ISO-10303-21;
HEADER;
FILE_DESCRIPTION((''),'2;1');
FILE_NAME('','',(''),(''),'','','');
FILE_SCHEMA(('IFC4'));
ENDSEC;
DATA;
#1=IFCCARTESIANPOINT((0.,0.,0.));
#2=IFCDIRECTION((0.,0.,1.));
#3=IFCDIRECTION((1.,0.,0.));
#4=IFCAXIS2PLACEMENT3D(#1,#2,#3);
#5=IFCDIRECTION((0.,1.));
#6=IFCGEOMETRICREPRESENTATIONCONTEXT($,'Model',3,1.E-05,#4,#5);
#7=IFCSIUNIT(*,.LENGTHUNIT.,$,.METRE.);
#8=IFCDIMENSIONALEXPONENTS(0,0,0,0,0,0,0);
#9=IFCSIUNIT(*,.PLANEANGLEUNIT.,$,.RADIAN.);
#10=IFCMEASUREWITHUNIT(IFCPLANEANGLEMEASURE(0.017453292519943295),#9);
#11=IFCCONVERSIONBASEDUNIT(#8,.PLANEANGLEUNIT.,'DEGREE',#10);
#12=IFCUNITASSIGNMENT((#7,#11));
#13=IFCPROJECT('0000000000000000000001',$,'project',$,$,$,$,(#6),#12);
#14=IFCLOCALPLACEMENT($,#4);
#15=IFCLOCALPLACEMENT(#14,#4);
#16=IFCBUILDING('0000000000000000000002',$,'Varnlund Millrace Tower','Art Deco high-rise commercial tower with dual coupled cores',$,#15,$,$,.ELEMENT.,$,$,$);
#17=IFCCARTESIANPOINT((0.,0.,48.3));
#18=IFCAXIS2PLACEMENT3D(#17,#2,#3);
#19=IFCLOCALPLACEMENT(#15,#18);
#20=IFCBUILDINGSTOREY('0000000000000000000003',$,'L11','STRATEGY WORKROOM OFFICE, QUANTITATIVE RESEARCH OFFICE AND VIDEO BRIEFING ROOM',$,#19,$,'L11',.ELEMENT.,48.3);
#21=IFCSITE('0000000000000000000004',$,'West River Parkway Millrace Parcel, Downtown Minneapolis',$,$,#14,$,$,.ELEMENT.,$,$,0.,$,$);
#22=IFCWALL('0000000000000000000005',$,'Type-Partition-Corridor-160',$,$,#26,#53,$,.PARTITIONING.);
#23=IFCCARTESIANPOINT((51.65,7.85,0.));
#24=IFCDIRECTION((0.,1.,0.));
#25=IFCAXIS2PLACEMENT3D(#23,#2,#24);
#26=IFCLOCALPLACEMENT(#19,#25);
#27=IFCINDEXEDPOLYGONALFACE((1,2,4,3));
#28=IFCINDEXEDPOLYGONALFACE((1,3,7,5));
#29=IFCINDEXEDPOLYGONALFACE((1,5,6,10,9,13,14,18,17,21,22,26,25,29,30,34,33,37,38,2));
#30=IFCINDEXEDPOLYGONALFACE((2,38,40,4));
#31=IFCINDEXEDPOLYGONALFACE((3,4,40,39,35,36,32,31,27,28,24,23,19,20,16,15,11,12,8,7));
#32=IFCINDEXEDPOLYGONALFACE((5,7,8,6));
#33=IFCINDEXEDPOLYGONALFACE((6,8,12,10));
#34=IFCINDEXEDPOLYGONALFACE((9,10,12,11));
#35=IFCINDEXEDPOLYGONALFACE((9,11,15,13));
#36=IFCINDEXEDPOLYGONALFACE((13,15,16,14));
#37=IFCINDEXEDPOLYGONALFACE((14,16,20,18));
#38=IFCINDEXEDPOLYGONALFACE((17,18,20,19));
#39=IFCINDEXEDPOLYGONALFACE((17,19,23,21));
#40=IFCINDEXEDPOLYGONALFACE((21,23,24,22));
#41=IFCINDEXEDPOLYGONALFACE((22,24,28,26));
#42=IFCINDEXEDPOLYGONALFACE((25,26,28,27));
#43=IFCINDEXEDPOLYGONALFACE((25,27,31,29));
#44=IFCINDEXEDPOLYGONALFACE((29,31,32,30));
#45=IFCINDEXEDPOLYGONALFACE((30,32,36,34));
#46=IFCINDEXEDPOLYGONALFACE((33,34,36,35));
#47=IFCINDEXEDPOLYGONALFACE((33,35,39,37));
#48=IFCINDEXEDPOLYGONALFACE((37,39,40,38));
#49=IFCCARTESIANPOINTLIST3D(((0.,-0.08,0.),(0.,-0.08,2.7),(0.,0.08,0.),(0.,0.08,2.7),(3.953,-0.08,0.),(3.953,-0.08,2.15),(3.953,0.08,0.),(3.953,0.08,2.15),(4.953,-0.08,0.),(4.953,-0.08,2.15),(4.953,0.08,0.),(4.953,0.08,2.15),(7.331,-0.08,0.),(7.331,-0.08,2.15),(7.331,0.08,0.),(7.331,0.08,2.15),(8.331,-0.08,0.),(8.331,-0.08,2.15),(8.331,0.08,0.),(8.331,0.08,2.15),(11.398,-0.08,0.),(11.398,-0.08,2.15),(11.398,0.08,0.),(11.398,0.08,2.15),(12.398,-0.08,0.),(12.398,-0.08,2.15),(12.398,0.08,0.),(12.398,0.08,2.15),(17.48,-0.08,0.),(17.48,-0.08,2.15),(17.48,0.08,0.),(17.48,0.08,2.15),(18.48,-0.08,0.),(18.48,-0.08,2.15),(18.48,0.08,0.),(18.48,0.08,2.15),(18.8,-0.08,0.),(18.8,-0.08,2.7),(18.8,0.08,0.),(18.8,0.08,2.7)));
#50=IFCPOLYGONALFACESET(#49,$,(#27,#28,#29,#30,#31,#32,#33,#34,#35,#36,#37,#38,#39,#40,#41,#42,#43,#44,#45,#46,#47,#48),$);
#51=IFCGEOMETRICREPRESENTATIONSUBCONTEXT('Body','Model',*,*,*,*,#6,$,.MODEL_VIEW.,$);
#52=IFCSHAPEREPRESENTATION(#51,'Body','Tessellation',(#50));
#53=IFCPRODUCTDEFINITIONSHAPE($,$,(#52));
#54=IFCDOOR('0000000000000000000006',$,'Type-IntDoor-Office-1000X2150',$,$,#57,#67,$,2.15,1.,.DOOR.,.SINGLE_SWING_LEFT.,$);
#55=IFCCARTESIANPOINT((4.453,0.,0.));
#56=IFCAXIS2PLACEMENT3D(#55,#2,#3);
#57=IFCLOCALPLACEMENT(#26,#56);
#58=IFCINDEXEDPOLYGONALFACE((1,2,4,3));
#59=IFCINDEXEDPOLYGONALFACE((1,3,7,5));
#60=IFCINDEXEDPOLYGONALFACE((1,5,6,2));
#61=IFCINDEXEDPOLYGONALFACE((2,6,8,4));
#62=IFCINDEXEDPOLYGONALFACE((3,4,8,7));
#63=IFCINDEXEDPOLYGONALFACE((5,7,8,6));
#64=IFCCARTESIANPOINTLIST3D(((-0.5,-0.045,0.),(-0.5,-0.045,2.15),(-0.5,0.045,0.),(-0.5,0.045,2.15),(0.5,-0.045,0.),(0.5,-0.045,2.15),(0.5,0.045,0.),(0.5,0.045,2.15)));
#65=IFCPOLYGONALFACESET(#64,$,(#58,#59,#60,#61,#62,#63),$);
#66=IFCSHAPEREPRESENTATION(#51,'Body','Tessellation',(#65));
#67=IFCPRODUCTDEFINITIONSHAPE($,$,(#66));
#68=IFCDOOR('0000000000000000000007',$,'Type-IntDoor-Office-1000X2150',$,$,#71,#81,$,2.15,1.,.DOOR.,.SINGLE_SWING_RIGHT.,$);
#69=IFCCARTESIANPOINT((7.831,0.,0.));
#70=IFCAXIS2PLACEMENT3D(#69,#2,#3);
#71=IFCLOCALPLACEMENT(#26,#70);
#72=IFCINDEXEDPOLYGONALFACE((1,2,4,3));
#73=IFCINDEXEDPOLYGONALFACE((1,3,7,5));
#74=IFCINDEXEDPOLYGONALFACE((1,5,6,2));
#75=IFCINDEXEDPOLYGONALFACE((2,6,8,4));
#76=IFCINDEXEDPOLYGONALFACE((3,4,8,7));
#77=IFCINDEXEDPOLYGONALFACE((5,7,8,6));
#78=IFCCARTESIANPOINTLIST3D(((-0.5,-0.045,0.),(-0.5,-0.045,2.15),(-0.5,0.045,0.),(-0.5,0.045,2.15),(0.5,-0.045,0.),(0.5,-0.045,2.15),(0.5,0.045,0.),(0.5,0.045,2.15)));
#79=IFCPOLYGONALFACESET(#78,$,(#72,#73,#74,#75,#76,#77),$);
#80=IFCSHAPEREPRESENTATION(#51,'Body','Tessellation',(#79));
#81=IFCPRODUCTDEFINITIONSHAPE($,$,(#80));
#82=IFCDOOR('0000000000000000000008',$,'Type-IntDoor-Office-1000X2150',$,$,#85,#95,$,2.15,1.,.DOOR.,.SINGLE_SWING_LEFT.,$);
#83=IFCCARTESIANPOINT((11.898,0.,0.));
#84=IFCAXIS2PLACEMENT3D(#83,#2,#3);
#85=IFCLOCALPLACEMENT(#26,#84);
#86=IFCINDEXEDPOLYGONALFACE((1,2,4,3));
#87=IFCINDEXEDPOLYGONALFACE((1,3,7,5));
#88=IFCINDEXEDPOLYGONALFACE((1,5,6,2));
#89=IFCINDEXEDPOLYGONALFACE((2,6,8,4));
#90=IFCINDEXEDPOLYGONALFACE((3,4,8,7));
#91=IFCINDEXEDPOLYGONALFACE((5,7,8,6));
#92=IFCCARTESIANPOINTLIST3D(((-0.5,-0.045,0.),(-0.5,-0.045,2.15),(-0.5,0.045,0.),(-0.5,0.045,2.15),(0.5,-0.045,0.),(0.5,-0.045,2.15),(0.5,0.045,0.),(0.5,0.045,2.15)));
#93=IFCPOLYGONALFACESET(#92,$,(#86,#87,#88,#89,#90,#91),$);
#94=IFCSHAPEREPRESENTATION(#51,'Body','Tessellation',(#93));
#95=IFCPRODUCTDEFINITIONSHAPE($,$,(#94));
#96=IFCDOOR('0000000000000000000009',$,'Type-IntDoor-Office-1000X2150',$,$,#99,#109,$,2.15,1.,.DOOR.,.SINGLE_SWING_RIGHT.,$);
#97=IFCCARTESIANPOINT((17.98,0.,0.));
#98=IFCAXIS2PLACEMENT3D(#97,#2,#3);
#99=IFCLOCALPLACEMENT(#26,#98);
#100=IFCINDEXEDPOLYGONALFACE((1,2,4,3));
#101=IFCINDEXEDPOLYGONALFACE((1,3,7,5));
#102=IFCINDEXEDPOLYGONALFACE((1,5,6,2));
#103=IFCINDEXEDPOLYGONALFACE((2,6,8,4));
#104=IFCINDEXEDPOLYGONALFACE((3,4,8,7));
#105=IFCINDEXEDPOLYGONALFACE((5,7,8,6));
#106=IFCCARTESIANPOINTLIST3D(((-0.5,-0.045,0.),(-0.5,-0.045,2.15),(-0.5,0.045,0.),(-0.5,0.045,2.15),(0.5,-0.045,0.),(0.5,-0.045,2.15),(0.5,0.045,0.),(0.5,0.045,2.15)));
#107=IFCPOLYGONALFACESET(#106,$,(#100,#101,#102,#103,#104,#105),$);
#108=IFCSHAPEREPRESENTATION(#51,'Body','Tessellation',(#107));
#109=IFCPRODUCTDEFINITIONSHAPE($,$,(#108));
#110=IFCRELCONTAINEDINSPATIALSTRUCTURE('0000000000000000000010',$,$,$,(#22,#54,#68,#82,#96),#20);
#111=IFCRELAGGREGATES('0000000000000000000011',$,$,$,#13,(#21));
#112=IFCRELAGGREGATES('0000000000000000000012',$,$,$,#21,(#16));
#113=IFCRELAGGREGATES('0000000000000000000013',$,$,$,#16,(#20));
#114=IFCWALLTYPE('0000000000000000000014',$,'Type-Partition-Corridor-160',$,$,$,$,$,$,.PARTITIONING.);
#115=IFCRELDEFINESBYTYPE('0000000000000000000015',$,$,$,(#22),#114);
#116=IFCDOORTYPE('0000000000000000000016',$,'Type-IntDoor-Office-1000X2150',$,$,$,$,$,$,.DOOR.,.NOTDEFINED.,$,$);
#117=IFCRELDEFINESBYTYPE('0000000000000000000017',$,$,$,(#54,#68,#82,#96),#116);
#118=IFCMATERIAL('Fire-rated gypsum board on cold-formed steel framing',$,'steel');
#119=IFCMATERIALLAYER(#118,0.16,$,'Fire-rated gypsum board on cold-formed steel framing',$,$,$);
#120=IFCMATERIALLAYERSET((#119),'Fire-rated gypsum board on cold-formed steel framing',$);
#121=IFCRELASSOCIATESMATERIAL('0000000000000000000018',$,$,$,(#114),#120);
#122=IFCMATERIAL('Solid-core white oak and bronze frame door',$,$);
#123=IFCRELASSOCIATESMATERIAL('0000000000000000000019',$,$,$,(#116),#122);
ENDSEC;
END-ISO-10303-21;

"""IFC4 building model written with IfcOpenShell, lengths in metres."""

from ifc_helpers import new_model, entity, si_unit, converted_unit, direction, frame, origin_with_axes, origin_2d_with_axis, place, context, subcontext, project, spatial, polyline, rectangle, outline, extrude, material, layer, layer_set, type_object, element, fill, save


model = new_model("IFC4")

# Units and contexts
model_context = context("Model", 3, precision=1e-05, world=origin_with_axes(), true_north=direction((0.0, 1.0)))
body_context = subcontext(model_context, "Body", "Model", "MODEL_VIEW")
ifc_project = project(units=[si_unit("LENGTHUNIT", "METRE"), converted_unit("PLANEANGLEUNIT", "DEGREE", entity("IfcPlaneAngleMeasure", 0.017453292519943295), si_unit("PLANEANGLEUNIT", "RADIAN"), dimensions=[0, 0, 0, 0, 0, 0, 0])], contexts=[model_context])

# Site, building, storey
site_placement = place(None, origin_with_axes())
site = spatial("IfcSite", under=ifc_project, at=site_placement, Name="West River Parkway Millrace Parcel, Downtown Minneapolis", CompositionType="ELEMENT", RefElevation=0.0)
building_placement = place(site_placement, origin_with_axes())
building = spatial("IfcBuilding", under=site, at=building_placement, Name="Varnlund Millrace Tower", Description="Art Deco high-rise commercial tower with dual coupled cores", CompositionType="ELEMENT")
storey_placement = place(building_placement, frame((0.0, 0.0, 48.3), z_axis=(0.0, 0.0, 1.0), x_axis=(1.0, 0.0, 0.0)))
storey = spatial("IfcBuildingStorey", under=building, at=storey_placement, Name="L11", Description="STRATEGY WORKROOM OFFICE, QUANTITATIVE RESEARCH OFFICE AND VIDEO BRIEFING ROOM", LongName="L11", CompositionType="ELEMENT", Elevation=48.3)

# Wall, openings, doors
ifc_material_1 = material(Name="Fire-rated gypsum board on cold-formed steel framing", Category="steel")
ifc_layer_1 = layer(ifc_material_1, 0.16, Name="Fire-rated gypsum board on cold-formed steel framing")
ifc_layer_set_1 = layer_set([ifc_layer_1], Name="Fire-rated gypsum board on cold-formed steel framing")
wall_type_1 = type_object("IfcWallType", Name="Type-Partition-Corridor-160", PredefinedType="PARTITIONING", material=ifc_layer_set_1)
wall_1_placement = place(storey_placement, frame((51.65, 7.85, 0.0), z_axis=(0.0, 0.0, 1.0), x_axis=(0.0, 1.0, 0.0)))
wall_1 = element("IfcWall", 1, at=wall_1_placement, inside=storey, type_object=wall_type_1, Name="Type-Partition-Corridor-160", PredefinedType="PARTITIONING", context=body_context, shape_type="SweptSolid", body=[
    extrude(outline(polyline([(0.0, -0.08), (18.8, -0.08), (18.8, 0.08), (0.0, 0.08), (0.0, -0.08)])), origin_with_axes(), (0.0, 0.0, 1.0), 2.7),
])
opening_1_placement = place(wall_1_placement, frame((4.453, 0.0, 0.0), z_axis=(0.0, 0.0, 1.0), x_axis=(1.0, 0.0, 0.0)))
opening_1 = element("IfcOpeningElement", 2, at=opening_1_placement, cuts=wall_1, PredefinedType="OPENING", context=body_context, shape_type="SweptSolid", body=[
    extrude(rectangle(XDim=1.0, YDim=0.18, at=origin_2d_with_axis()), origin_with_axes(), (0.0, 0.0, 1.0), 2.15),
])
opening_2_placement = place(wall_1_placement, frame((7.831, 0.0, 0.0), z_axis=(0.0, 0.0, 1.0), x_axis=(1.0, 0.0, 0.0)))
opening_2 = element("IfcOpeningElement", 3, at=opening_2_placement, cuts=wall_1, PredefinedType="OPENING", context=body_context, shape_type="SweptSolid", body=[
    extrude(rectangle(XDim=1.0, YDim=0.18, at=origin_2d_with_axis()), origin_with_axes(), (0.0, 0.0, 1.0), 2.15),
])
opening_3_placement = place(wall_1_placement, frame((11.898, 0.0, 0.0), z_axis=(0.0, 0.0, 1.0), x_axis=(1.0, 0.0, 0.0)))
opening_3 = element("IfcOpeningElement", 4, at=opening_3_placement, cuts=wall_1, PredefinedType="OPENING", context=body_context, shape_type="SweptSolid", body=[
    extrude(rectangle(XDim=1.0, YDim=0.18, at=origin_2d_with_axis()), origin_with_axes(), (0.0, 0.0, 1.0), 2.15),
])
opening_4_placement = place(wall_1_placement, frame((17.98, 0.0, 0.0), z_axis=(0.0, 0.0, 1.0), x_axis=(1.0, 0.0, 0.0)))
opening_4 = element("IfcOpeningElement", 5, at=opening_4_placement, cuts=wall_1, PredefinedType="OPENING", context=body_context, shape_type="SweptSolid", body=[
    extrude(rectangle(XDim=1.0, YDim=0.18, at=origin_2d_with_axis()), origin_with_axes(), (0.0, 0.0, 1.0), 2.15),
])
ifc_material_2 = material(Name="Solid-core white oak and bronze frame door")
door_type = type_object("IfcDoorType", Name="Type-IntDoor-Office-1000X2150", OperationType="NOTDEFINED", PredefinedType="DOOR", material=ifc_material_2)
door_1_placement = place(wall_1_placement, frame((4.453, 0.0, 0.0), z_axis=(0.0, 0.0, 1.0), x_axis=(1.0, 0.0, 0.0)))
door_1 = element("IfcDoor", 6, at=door_1_placement, inside=storey, type_object=door_type, Name="Type-IntDoor-Office-1000X2150", OperationType="SINGLE_SWING_LEFT", OverallHeight=2.15, OverallWidth=1.0, PredefinedType="DOOR", context=body_context, shape_type="SweptSolid", body=[
    extrude(rectangle(XDim=1.0, YDim=0.09, at=origin_2d_with_axis()), origin_with_axes(), (0.0, 0.0, 1.0), 2.15),
])
fill(opening_1, door_1)
door_2_placement = place(wall_1_placement, frame((7.831, 0.0, 0.0), z_axis=(0.0, 0.0, 1.0), x_axis=(1.0, 0.0, 0.0)))
door_2 = element("IfcDoor", 7, at=door_2_placement, inside=storey, type_object=door_type, Name="Type-IntDoor-Office-1000X2150", OperationType="SINGLE_SWING_RIGHT", OverallHeight=2.15, OverallWidth=1.0, PredefinedType="DOOR", context=body_context, shape_type="SweptSolid", body=[
    extrude(rectangle(XDim=1.0, YDim=0.09, at=origin_2d_with_axis()), origin_with_axes(), (0.0, 0.0, 1.0), 2.15),
])
fill(opening_2, door_2)
door_3_placement = place(wall_1_placement, frame((11.898, 0.0, 0.0), z_axis=(0.0, 0.0, 1.0), x_axis=(1.0, 0.0, 0.0)))
door_3 = element("IfcDoor", 8, at=door_3_placement, inside=storey, type_object=door_type, Name="Type-IntDoor-Office-1000X2150", OperationType="SINGLE_SWING_LEFT", OverallHeight=2.15, OverallWidth=1.0, PredefinedType="DOOR", context=body_context, shape_type="SweptSolid", body=[
    extrude(rectangle(XDim=1.0, YDim=0.09, at=origin_2d_with_axis()), origin_with_axes(), (0.0, 0.0, 1.0), 2.15),
])
fill(opening_3, door_3)
door_4_placement = place(wall_1_placement, frame((17.98, 0.0, 0.0), z_axis=(0.0, 0.0, 1.0), x_axis=(1.0, 0.0, 0.0)))
door_4 = element("IfcDoor", 9, at=door_4_placement, inside=storey, type_object=door_type, Name="Type-IntDoor-Office-1000X2150", OperationType="SINGLE_SWING_RIGHT", OverallHeight=2.15, OverallWidth=1.0, PredefinedType="DOOR", context=body_context, shape_type="SweptSolid", body=[
    extrude(rectangle(XDim=1.0, YDim=0.09, at=origin_2d_with_axis()), origin_with_axes(), (0.0, 0.0, 1.0), 2.15),
])
fill(opening_4, door_4)

save(model, "model.ifc")
